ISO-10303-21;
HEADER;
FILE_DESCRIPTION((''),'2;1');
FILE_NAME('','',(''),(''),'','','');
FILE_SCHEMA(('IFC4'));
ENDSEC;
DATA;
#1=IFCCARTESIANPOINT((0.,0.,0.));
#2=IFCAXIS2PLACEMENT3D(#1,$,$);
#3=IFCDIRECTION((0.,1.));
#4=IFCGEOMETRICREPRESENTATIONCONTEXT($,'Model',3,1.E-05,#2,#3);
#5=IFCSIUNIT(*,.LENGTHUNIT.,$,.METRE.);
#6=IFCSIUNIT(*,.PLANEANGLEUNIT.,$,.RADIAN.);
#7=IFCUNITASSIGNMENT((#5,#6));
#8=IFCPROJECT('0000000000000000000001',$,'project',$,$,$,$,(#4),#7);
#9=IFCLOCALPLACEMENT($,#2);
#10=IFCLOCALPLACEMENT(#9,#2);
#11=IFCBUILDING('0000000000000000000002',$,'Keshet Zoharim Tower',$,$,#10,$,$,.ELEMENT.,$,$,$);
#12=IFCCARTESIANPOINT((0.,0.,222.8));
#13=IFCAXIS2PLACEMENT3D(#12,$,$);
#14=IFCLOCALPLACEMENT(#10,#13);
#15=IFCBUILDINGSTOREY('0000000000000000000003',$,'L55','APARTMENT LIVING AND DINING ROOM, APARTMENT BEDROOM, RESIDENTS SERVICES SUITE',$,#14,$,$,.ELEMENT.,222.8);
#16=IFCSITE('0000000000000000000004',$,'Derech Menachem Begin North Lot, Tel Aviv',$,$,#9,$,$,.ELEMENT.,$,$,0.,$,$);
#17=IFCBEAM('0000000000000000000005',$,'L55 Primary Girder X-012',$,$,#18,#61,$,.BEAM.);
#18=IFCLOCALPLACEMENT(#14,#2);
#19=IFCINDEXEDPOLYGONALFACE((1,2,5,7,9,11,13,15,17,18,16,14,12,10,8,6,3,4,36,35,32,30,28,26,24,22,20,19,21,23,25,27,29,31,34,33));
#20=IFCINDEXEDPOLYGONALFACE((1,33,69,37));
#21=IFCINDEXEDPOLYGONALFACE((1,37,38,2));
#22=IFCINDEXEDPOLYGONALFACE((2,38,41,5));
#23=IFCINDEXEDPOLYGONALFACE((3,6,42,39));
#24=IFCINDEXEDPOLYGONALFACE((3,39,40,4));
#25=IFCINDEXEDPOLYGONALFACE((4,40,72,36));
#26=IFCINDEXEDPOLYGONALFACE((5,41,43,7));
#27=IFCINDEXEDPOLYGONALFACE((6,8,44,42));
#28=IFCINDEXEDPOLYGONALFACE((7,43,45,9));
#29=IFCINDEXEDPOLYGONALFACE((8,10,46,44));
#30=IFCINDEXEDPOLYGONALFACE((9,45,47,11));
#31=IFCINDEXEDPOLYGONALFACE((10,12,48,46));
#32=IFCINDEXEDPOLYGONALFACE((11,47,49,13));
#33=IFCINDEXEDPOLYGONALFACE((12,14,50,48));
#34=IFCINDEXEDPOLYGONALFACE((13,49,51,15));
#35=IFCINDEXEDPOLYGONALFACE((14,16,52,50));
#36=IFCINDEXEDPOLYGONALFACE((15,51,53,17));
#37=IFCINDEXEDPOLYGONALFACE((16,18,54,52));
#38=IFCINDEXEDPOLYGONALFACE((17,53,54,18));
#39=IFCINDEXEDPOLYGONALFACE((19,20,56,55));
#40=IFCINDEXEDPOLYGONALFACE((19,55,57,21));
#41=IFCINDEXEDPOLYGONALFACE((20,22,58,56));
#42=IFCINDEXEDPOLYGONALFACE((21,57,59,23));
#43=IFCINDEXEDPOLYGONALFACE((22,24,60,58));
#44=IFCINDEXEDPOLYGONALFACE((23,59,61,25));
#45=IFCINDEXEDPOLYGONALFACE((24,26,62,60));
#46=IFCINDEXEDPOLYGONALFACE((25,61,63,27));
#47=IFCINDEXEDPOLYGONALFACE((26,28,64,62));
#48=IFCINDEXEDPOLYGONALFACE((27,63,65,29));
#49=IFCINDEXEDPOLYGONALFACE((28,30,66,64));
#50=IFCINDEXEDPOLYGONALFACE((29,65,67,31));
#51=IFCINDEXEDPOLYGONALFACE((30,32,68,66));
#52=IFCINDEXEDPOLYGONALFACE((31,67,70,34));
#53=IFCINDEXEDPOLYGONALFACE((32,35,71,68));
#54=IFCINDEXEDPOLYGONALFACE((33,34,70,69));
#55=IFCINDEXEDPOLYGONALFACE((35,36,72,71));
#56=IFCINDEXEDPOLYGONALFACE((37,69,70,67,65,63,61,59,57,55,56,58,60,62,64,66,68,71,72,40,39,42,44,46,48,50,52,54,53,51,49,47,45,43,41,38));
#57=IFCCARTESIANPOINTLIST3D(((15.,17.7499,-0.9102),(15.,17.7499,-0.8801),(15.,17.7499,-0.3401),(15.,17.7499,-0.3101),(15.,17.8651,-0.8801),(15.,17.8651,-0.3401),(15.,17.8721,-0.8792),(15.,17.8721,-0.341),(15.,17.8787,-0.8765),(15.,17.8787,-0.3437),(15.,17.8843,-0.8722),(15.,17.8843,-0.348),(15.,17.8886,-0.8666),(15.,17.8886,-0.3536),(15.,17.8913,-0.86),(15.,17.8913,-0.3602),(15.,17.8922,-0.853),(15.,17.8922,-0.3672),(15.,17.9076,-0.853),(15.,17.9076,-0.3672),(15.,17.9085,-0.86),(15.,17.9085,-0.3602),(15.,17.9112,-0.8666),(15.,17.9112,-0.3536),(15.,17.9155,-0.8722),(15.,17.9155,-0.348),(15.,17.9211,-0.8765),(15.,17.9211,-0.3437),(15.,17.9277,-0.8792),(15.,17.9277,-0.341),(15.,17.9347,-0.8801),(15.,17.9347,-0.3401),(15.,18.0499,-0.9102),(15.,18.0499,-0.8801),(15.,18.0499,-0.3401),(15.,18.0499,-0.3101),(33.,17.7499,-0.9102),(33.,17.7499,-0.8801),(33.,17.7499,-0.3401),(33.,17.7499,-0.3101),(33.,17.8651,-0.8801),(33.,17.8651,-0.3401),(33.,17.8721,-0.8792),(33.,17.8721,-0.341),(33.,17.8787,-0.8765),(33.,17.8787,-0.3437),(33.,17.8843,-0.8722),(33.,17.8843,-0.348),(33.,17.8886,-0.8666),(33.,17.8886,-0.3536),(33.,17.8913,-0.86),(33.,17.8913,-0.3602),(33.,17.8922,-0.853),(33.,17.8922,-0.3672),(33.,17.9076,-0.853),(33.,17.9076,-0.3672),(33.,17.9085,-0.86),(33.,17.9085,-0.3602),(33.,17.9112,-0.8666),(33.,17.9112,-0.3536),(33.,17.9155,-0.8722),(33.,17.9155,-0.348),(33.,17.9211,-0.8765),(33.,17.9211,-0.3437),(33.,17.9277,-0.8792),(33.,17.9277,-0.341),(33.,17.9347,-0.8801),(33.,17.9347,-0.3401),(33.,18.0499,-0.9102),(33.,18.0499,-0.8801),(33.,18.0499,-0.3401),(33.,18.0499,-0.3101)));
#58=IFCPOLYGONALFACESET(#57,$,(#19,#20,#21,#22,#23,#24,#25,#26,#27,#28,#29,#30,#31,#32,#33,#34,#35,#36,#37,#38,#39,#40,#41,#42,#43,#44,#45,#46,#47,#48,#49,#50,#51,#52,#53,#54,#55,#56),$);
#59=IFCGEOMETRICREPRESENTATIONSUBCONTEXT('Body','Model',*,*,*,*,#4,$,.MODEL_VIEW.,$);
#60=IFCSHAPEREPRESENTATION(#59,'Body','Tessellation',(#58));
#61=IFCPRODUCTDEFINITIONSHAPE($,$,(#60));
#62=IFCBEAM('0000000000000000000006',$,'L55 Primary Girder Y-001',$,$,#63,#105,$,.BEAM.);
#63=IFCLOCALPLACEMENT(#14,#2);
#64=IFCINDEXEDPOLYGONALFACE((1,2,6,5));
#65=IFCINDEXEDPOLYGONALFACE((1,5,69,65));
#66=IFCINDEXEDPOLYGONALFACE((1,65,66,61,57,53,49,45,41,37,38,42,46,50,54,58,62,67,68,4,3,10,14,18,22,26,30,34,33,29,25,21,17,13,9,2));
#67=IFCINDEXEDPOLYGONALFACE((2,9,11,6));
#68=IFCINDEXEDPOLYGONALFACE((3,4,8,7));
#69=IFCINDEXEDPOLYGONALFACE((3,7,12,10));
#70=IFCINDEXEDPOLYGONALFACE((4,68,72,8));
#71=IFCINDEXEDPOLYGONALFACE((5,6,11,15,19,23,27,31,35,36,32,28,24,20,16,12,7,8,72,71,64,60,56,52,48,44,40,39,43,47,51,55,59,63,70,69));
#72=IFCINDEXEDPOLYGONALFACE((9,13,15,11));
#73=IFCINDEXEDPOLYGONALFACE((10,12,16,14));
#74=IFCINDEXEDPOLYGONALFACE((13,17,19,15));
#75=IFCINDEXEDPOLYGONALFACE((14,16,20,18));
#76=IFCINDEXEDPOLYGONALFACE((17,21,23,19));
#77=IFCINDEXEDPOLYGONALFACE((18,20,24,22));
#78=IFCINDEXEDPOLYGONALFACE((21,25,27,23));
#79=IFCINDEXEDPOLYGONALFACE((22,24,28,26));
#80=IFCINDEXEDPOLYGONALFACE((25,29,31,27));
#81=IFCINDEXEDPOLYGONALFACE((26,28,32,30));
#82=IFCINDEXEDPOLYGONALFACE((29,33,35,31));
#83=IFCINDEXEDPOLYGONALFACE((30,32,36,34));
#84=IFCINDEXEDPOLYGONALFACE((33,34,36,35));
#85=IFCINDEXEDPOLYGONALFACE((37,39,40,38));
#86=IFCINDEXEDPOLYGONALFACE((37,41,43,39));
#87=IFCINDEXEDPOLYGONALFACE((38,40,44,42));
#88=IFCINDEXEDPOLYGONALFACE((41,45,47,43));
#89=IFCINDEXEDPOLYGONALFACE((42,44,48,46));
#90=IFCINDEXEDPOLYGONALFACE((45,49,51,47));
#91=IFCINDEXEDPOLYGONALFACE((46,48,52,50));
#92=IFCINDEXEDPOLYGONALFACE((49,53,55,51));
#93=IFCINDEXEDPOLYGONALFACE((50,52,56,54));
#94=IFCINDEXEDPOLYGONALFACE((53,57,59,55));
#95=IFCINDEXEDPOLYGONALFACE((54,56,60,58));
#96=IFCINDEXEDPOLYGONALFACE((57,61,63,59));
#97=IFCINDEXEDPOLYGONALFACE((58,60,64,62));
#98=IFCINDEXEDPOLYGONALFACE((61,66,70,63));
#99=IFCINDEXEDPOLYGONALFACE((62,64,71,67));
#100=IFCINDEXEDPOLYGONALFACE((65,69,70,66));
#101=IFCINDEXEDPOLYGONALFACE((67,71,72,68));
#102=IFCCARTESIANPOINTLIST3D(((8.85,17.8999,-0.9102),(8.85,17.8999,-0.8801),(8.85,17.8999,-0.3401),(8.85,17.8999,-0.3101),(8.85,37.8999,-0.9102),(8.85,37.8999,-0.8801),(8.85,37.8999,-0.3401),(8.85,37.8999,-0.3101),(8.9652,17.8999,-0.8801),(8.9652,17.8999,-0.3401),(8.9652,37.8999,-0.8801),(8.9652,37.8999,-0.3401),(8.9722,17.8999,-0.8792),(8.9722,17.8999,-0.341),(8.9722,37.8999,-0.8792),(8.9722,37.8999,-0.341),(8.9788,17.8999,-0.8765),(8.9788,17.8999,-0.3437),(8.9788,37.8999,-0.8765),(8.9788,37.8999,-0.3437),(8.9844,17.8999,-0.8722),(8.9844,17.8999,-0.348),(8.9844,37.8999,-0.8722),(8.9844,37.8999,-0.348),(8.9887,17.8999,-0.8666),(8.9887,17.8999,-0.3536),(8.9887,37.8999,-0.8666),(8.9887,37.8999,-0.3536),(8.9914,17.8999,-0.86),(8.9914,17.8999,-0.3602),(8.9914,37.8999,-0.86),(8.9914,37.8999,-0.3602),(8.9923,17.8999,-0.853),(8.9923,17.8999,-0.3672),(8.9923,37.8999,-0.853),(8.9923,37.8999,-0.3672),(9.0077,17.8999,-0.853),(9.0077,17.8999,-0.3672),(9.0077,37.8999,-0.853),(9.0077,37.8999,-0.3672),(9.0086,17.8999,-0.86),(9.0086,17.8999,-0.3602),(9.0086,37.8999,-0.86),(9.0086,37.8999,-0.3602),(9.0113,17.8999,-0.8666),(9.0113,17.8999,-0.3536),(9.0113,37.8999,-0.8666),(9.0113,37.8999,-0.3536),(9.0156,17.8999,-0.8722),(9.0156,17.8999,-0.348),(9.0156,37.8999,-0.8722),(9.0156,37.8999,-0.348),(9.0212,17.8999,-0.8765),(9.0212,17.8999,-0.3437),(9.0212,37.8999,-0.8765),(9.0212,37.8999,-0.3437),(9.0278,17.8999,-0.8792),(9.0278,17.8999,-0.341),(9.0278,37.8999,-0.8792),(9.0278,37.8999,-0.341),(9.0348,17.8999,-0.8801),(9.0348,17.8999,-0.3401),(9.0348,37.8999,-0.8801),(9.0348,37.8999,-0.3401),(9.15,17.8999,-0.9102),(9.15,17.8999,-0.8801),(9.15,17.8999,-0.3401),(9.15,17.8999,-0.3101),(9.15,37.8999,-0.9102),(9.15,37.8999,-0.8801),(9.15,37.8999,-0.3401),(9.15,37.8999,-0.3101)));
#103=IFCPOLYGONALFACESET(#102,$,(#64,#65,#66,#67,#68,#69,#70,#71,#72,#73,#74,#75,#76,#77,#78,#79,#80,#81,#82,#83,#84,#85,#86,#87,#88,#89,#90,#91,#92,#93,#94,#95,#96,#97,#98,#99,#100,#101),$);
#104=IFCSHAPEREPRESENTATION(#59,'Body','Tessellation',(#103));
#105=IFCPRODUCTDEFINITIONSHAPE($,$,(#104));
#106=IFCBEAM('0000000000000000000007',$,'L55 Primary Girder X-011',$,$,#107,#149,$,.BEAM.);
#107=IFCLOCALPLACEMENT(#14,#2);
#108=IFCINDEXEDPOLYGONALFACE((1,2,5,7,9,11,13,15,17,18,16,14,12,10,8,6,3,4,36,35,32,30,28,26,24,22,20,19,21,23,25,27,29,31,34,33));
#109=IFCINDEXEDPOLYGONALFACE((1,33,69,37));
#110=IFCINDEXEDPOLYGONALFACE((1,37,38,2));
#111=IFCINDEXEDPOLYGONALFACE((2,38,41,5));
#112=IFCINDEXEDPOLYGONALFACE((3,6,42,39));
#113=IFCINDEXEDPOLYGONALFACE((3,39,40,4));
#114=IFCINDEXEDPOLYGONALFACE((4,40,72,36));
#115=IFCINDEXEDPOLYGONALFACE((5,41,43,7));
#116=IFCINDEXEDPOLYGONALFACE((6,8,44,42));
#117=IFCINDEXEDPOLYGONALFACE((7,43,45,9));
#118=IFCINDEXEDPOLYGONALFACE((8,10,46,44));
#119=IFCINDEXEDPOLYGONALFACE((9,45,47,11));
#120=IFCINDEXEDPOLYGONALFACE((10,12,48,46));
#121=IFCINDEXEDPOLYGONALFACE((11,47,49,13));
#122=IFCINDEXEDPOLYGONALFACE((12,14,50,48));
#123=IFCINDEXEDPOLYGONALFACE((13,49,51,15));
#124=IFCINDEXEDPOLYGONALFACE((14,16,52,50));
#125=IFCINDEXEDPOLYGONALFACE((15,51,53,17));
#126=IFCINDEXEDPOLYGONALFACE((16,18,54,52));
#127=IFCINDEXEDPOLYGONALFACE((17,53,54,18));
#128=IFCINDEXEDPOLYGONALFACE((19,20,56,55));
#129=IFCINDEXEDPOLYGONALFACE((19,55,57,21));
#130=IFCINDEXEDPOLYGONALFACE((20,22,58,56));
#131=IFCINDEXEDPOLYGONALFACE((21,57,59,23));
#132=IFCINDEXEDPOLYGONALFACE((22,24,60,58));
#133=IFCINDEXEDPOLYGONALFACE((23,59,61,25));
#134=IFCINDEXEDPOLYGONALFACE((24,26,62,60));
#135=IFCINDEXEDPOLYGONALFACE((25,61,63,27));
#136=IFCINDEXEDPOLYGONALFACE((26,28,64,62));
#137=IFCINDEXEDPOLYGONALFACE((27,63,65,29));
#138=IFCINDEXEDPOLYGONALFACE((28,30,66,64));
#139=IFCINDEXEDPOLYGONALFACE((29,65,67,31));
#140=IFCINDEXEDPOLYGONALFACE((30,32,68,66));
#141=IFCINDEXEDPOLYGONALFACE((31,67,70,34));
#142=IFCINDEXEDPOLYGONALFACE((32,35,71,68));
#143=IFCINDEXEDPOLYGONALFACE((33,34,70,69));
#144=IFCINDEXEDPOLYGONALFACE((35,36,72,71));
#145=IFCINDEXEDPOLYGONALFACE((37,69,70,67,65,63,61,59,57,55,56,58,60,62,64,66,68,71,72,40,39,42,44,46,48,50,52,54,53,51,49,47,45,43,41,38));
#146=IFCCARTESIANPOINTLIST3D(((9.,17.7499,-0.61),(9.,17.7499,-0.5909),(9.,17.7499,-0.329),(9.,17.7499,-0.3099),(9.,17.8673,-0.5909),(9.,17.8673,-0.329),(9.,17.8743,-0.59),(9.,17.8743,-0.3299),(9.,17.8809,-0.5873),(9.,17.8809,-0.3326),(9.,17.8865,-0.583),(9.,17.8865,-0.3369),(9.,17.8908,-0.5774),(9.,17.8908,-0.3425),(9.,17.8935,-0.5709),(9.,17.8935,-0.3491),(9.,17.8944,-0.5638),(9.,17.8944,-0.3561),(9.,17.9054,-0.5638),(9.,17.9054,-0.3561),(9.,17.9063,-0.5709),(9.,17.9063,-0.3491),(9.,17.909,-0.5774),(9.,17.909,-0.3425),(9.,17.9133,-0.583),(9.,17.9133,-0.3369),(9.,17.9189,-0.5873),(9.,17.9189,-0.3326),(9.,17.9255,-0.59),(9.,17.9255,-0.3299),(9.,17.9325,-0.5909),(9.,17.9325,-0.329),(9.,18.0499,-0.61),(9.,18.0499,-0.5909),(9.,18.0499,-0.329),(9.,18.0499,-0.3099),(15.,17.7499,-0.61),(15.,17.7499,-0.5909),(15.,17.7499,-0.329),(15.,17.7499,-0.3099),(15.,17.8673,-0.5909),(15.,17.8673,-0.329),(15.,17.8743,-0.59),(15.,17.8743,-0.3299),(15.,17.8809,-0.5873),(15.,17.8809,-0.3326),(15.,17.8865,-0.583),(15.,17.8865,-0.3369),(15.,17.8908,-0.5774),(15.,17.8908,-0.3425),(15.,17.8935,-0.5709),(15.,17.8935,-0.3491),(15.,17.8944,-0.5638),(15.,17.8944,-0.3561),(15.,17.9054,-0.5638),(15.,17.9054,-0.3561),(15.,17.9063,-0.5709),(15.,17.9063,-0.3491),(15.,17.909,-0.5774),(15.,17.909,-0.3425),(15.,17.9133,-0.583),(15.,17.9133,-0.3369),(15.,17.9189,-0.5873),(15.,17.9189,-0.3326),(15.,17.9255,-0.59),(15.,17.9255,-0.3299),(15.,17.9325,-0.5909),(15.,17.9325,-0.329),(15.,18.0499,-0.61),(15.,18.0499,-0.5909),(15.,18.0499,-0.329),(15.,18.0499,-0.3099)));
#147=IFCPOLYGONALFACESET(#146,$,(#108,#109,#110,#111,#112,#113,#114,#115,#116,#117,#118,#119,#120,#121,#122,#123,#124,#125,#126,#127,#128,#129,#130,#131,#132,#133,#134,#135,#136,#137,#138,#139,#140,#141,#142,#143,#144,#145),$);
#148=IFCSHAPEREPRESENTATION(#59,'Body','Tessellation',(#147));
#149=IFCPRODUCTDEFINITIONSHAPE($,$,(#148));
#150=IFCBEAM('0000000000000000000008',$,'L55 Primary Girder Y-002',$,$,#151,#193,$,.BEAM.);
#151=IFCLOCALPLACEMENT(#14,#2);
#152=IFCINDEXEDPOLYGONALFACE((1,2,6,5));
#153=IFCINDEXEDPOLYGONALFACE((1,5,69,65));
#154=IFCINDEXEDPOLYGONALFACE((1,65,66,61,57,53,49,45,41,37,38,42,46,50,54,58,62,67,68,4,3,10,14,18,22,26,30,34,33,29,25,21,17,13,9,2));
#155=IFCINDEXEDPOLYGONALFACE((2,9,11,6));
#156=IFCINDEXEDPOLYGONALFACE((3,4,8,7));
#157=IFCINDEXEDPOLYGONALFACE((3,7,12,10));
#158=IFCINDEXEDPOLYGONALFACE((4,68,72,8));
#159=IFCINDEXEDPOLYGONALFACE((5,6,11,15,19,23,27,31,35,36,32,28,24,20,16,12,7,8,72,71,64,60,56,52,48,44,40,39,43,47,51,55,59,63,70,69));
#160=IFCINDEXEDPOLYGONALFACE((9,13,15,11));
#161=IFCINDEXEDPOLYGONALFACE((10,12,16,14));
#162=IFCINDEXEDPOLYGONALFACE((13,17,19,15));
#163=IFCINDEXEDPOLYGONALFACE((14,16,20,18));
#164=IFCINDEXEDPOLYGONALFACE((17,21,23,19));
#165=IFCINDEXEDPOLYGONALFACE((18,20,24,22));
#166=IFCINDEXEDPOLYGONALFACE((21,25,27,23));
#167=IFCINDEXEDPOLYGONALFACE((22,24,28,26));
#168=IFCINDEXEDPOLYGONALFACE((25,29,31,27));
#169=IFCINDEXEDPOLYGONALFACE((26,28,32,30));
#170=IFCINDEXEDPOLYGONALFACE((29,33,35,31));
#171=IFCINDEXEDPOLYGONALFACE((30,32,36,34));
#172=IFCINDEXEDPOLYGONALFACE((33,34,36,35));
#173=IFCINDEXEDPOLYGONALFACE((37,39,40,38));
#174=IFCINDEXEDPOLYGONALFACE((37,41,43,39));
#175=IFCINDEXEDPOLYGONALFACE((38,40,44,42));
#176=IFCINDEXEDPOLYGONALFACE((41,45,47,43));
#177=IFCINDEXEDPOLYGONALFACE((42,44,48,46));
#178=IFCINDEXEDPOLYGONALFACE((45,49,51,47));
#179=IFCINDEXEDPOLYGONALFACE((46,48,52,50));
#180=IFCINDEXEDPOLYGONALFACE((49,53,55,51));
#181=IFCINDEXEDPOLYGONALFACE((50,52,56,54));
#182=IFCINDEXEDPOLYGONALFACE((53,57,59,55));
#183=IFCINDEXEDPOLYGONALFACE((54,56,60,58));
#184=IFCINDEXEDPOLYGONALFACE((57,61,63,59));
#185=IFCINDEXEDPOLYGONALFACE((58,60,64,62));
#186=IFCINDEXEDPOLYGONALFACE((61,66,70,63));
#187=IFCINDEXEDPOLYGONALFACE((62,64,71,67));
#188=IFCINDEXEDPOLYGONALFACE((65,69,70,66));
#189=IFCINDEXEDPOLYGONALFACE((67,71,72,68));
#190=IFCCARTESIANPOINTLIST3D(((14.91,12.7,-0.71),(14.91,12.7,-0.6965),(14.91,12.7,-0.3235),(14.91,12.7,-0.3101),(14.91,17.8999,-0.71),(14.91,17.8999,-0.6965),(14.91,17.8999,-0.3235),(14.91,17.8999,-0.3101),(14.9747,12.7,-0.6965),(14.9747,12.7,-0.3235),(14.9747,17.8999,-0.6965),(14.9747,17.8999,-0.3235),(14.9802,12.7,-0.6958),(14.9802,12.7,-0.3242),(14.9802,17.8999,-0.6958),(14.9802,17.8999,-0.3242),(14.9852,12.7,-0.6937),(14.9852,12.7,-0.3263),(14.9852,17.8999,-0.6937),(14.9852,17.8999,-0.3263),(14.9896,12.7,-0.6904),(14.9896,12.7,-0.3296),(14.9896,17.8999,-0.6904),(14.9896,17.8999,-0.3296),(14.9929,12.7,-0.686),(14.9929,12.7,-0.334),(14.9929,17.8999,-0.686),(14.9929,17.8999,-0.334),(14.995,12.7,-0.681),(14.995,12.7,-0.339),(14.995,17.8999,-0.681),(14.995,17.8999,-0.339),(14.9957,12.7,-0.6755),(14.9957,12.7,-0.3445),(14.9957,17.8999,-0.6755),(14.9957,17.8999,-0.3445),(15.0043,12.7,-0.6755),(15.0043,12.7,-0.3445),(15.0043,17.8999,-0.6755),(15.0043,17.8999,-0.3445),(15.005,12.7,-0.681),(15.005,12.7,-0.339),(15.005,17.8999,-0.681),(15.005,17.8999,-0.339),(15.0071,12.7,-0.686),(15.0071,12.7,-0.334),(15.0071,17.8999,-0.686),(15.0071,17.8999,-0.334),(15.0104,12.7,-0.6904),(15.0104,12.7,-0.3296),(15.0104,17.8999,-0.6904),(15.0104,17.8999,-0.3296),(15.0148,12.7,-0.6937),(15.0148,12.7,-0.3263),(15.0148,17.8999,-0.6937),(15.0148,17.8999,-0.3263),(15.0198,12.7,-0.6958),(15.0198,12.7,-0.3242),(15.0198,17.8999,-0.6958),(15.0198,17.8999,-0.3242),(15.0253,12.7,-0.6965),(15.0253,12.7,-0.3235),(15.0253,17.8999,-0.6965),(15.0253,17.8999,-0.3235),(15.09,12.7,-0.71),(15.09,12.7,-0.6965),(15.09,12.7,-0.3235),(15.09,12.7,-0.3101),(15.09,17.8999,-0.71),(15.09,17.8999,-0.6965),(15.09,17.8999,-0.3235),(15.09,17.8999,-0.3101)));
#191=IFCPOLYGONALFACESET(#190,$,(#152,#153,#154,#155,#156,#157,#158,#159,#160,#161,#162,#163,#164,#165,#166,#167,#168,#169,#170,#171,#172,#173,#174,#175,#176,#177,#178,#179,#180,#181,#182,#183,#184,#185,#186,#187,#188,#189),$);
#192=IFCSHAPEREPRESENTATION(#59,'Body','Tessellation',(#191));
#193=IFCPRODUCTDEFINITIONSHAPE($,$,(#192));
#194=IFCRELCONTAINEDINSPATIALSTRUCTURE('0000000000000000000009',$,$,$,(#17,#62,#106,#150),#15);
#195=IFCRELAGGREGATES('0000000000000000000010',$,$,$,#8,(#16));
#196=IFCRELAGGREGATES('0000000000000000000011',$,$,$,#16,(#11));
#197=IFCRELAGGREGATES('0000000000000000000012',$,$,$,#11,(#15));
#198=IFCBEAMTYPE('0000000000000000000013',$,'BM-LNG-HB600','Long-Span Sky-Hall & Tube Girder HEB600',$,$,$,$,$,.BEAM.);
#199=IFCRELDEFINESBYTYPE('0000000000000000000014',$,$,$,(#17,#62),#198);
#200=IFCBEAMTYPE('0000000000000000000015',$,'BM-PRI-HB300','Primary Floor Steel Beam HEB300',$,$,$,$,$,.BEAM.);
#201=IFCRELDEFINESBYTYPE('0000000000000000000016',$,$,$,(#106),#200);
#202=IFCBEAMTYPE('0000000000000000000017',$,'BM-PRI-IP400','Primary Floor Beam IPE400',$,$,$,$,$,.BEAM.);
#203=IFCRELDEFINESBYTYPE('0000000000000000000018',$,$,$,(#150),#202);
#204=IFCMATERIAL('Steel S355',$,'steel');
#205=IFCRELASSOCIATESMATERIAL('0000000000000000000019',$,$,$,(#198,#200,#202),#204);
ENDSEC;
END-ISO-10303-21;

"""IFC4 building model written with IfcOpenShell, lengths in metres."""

from ifc_helpers import new_model, si_unit, direction, frame, origin, origin_2d, place, context, subcontext, project, spatial, i_section, extrude, material, material_profile, profile_set, type_object, element, save


model = new_model("IFC4")

# Units and contexts
model_context = context("Model", 3, precision=1e-05, world=origin(), true_north=direction((0.0, 1.0)))
body_context = subcontext(model_context, "Body", "Model", "MODEL_VIEW")
ifc_project = project(units=[si_unit("LENGTHUNIT", "METRE"), si_unit("PLANEANGLEUNIT", "RADIAN")], contexts=[model_context])

# Site, building, storey
site_placement = place(None, origin())
site = spatial("IfcSite", under=ifc_project, at=site_placement, Name="Derech Menachem Begin North Lot, Tel Aviv", CompositionType="ELEMENT", RefElevation=0.0)
building_placement = place(site_placement, origin())
building = spatial("IfcBuilding", under=site, at=building_placement, Name="Keshet Zoharim Tower", CompositionType="ELEMENT")
storey_placement = place(building_placement, frame((0.0, 0.0, 222.8)))
storey = spatial("IfcBuildingStorey", under=building, at=storey_placement, Name="L55", Description="APARTMENT LIVING AND DINING ROOM, APARTMENT BEDROOM, RESIDENTS SERVICES SUITE", CompositionType="ELEMENT", Elevation=222.8)

# Shared definitions
ifc_material_1 = material(Name="Steel S355", Category="steel")

# Beams
ifc_material_profile_1 = material_profile(ifc_material_1, i_section(OverallWidth=0.3, OverallDepth=0.6001, WebThickness=0.0154, FlangeThickness=0.03, FilletRadius=0.0271, at=origin_2d()), Name="HEB600")
ifc_profile_set_1 = profile_set([ifc_material_profile_1], Name="Steel S355")
beam_type_1 = type_object("IfcBeamType", Name="BM-LNG-HB600", Description="Long-Span Sky-Hall & Tube Girder HEB600", PredefinedType="BEAM", material=ifc_profile_set_1)
for number, where, z_axis, x_axis, name in (
    (1, (15.0, 17.8999, -0.6101), (1.0, 0.0, 0.0), (0.0, 1.0, 0.0), "L55 Primary Girder X-012"),
):
    element("IfcBeam", number, at=place(storey_placement, frame(where, z_axis=z_axis, x_axis=x_axis)), inside=storey, type_object=beam_type_1, Name=name, PredefinedType="BEAM", context=body_context, shape_type="SweptSolid", body=[
        extrude(i_section(OverallWidth=0.3, OverallDepth=0.6001, WebThickness=0.0154, FlangeThickness=0.03, FilletRadius=0.0271, at=origin_2d()), origin(), (0.0, 0.0, 1.0), 18.0),
    ])
beam_1_placement = place(storey_placement, frame((9.0, 17.8999, -0.6101), z_axis=(0.0, 1.0, 0.0), x_axis=(-1.0, 0.0, 0.0)))
element("IfcBeam", 2, at=beam_1_placement, inside=storey, type_object=beam_type_1, Name="L55 Primary Girder Y-001", PredefinedType="BEAM", context=body_context, shape_type="SweptSolid", body=[
    extrude(i_section(OverallWidth=0.3, OverallDepth=0.6001, WebThickness=0.0154, FlangeThickness=0.03, FilletRadius=0.0271, at=origin_2d()), origin(), (0.0, 0.0, 1.0), 20.0),
])
ifc_material_profile_2 = material_profile(ifc_material_1, i_section(OverallWidth=0.3, OverallDepth=0.3, WebThickness=0.011, FlangeThickness=0.019, FilletRadius=0.0271, at=origin_2d()), Name="HEB300")
ifc_profile_set_2 = profile_set([ifc_material_profile_2], Name="Steel S355")
beam_type_2 = type_object("IfcBeamType", Name="BM-PRI-HB300", Description="Primary Floor Steel Beam HEB300", PredefinedType="BEAM", material=ifc_profile_set_2)
beam_2_placement = place(storey_placement, frame((9.0, 17.8999, -0.46), z_axis=(1.0, 0.0, 0.0), x_axis=(0.0, 1.0, 0.0)))
element("IfcBeam", 3, at=beam_2_placement, inside=storey, type_object=beam_type_2, Name="L55 Primary Girder X-011", PredefinedType="BEAM", context=body_context, shape_type="SweptSolid", body=[
    extrude(i_section(OverallWidth=0.3, OverallDepth=0.3, WebThickness=0.011, FlangeThickness=0.019, FilletRadius=0.0271, at=origin_2d()), origin(), (0.0, 0.0, 1.0), 6.0),
])
ifc_material_profile_3 = material_profile(ifc_material_1, i_section(OverallWidth=0.1799, OverallDepth=0.3999, WebThickness=0.0085, FlangeThickness=0.0134, FilletRadius=0.021, at=origin_2d()), Name="IPE400")
ifc_profile_set_3 = profile_set([ifc_material_profile_3], Name="Steel S355")
beam_type_3 = type_object("IfcBeamType", Name="BM-PRI-IP400", Description="Primary Floor Beam IPE400", PredefinedType="BEAM", material=ifc_profile_set_3)
beam_3_placement = place(storey_placement, frame((15.0, 12.7, -0.51), z_axis=(0.0, 1.0, 0.0), x_axis=(-1.0, 0.0, 0.0)))
element("IfcBeam", 4, at=beam_3_placement, inside=storey, type_object=beam_type_3, Name="L55 Primary Girder Y-002", PredefinedType="BEAM", context=body_context, shape_type="SweptSolid", body=[
    extrude(i_section(OverallWidth=0.1799, OverallDepth=0.3999, WebThickness=0.0085, FlangeThickness=0.0134, FilletRadius=0.021, at=origin_2d()), origin(), (0.0, 0.0, 1.0), 5.2),
])

save(model, "model.ifc")
